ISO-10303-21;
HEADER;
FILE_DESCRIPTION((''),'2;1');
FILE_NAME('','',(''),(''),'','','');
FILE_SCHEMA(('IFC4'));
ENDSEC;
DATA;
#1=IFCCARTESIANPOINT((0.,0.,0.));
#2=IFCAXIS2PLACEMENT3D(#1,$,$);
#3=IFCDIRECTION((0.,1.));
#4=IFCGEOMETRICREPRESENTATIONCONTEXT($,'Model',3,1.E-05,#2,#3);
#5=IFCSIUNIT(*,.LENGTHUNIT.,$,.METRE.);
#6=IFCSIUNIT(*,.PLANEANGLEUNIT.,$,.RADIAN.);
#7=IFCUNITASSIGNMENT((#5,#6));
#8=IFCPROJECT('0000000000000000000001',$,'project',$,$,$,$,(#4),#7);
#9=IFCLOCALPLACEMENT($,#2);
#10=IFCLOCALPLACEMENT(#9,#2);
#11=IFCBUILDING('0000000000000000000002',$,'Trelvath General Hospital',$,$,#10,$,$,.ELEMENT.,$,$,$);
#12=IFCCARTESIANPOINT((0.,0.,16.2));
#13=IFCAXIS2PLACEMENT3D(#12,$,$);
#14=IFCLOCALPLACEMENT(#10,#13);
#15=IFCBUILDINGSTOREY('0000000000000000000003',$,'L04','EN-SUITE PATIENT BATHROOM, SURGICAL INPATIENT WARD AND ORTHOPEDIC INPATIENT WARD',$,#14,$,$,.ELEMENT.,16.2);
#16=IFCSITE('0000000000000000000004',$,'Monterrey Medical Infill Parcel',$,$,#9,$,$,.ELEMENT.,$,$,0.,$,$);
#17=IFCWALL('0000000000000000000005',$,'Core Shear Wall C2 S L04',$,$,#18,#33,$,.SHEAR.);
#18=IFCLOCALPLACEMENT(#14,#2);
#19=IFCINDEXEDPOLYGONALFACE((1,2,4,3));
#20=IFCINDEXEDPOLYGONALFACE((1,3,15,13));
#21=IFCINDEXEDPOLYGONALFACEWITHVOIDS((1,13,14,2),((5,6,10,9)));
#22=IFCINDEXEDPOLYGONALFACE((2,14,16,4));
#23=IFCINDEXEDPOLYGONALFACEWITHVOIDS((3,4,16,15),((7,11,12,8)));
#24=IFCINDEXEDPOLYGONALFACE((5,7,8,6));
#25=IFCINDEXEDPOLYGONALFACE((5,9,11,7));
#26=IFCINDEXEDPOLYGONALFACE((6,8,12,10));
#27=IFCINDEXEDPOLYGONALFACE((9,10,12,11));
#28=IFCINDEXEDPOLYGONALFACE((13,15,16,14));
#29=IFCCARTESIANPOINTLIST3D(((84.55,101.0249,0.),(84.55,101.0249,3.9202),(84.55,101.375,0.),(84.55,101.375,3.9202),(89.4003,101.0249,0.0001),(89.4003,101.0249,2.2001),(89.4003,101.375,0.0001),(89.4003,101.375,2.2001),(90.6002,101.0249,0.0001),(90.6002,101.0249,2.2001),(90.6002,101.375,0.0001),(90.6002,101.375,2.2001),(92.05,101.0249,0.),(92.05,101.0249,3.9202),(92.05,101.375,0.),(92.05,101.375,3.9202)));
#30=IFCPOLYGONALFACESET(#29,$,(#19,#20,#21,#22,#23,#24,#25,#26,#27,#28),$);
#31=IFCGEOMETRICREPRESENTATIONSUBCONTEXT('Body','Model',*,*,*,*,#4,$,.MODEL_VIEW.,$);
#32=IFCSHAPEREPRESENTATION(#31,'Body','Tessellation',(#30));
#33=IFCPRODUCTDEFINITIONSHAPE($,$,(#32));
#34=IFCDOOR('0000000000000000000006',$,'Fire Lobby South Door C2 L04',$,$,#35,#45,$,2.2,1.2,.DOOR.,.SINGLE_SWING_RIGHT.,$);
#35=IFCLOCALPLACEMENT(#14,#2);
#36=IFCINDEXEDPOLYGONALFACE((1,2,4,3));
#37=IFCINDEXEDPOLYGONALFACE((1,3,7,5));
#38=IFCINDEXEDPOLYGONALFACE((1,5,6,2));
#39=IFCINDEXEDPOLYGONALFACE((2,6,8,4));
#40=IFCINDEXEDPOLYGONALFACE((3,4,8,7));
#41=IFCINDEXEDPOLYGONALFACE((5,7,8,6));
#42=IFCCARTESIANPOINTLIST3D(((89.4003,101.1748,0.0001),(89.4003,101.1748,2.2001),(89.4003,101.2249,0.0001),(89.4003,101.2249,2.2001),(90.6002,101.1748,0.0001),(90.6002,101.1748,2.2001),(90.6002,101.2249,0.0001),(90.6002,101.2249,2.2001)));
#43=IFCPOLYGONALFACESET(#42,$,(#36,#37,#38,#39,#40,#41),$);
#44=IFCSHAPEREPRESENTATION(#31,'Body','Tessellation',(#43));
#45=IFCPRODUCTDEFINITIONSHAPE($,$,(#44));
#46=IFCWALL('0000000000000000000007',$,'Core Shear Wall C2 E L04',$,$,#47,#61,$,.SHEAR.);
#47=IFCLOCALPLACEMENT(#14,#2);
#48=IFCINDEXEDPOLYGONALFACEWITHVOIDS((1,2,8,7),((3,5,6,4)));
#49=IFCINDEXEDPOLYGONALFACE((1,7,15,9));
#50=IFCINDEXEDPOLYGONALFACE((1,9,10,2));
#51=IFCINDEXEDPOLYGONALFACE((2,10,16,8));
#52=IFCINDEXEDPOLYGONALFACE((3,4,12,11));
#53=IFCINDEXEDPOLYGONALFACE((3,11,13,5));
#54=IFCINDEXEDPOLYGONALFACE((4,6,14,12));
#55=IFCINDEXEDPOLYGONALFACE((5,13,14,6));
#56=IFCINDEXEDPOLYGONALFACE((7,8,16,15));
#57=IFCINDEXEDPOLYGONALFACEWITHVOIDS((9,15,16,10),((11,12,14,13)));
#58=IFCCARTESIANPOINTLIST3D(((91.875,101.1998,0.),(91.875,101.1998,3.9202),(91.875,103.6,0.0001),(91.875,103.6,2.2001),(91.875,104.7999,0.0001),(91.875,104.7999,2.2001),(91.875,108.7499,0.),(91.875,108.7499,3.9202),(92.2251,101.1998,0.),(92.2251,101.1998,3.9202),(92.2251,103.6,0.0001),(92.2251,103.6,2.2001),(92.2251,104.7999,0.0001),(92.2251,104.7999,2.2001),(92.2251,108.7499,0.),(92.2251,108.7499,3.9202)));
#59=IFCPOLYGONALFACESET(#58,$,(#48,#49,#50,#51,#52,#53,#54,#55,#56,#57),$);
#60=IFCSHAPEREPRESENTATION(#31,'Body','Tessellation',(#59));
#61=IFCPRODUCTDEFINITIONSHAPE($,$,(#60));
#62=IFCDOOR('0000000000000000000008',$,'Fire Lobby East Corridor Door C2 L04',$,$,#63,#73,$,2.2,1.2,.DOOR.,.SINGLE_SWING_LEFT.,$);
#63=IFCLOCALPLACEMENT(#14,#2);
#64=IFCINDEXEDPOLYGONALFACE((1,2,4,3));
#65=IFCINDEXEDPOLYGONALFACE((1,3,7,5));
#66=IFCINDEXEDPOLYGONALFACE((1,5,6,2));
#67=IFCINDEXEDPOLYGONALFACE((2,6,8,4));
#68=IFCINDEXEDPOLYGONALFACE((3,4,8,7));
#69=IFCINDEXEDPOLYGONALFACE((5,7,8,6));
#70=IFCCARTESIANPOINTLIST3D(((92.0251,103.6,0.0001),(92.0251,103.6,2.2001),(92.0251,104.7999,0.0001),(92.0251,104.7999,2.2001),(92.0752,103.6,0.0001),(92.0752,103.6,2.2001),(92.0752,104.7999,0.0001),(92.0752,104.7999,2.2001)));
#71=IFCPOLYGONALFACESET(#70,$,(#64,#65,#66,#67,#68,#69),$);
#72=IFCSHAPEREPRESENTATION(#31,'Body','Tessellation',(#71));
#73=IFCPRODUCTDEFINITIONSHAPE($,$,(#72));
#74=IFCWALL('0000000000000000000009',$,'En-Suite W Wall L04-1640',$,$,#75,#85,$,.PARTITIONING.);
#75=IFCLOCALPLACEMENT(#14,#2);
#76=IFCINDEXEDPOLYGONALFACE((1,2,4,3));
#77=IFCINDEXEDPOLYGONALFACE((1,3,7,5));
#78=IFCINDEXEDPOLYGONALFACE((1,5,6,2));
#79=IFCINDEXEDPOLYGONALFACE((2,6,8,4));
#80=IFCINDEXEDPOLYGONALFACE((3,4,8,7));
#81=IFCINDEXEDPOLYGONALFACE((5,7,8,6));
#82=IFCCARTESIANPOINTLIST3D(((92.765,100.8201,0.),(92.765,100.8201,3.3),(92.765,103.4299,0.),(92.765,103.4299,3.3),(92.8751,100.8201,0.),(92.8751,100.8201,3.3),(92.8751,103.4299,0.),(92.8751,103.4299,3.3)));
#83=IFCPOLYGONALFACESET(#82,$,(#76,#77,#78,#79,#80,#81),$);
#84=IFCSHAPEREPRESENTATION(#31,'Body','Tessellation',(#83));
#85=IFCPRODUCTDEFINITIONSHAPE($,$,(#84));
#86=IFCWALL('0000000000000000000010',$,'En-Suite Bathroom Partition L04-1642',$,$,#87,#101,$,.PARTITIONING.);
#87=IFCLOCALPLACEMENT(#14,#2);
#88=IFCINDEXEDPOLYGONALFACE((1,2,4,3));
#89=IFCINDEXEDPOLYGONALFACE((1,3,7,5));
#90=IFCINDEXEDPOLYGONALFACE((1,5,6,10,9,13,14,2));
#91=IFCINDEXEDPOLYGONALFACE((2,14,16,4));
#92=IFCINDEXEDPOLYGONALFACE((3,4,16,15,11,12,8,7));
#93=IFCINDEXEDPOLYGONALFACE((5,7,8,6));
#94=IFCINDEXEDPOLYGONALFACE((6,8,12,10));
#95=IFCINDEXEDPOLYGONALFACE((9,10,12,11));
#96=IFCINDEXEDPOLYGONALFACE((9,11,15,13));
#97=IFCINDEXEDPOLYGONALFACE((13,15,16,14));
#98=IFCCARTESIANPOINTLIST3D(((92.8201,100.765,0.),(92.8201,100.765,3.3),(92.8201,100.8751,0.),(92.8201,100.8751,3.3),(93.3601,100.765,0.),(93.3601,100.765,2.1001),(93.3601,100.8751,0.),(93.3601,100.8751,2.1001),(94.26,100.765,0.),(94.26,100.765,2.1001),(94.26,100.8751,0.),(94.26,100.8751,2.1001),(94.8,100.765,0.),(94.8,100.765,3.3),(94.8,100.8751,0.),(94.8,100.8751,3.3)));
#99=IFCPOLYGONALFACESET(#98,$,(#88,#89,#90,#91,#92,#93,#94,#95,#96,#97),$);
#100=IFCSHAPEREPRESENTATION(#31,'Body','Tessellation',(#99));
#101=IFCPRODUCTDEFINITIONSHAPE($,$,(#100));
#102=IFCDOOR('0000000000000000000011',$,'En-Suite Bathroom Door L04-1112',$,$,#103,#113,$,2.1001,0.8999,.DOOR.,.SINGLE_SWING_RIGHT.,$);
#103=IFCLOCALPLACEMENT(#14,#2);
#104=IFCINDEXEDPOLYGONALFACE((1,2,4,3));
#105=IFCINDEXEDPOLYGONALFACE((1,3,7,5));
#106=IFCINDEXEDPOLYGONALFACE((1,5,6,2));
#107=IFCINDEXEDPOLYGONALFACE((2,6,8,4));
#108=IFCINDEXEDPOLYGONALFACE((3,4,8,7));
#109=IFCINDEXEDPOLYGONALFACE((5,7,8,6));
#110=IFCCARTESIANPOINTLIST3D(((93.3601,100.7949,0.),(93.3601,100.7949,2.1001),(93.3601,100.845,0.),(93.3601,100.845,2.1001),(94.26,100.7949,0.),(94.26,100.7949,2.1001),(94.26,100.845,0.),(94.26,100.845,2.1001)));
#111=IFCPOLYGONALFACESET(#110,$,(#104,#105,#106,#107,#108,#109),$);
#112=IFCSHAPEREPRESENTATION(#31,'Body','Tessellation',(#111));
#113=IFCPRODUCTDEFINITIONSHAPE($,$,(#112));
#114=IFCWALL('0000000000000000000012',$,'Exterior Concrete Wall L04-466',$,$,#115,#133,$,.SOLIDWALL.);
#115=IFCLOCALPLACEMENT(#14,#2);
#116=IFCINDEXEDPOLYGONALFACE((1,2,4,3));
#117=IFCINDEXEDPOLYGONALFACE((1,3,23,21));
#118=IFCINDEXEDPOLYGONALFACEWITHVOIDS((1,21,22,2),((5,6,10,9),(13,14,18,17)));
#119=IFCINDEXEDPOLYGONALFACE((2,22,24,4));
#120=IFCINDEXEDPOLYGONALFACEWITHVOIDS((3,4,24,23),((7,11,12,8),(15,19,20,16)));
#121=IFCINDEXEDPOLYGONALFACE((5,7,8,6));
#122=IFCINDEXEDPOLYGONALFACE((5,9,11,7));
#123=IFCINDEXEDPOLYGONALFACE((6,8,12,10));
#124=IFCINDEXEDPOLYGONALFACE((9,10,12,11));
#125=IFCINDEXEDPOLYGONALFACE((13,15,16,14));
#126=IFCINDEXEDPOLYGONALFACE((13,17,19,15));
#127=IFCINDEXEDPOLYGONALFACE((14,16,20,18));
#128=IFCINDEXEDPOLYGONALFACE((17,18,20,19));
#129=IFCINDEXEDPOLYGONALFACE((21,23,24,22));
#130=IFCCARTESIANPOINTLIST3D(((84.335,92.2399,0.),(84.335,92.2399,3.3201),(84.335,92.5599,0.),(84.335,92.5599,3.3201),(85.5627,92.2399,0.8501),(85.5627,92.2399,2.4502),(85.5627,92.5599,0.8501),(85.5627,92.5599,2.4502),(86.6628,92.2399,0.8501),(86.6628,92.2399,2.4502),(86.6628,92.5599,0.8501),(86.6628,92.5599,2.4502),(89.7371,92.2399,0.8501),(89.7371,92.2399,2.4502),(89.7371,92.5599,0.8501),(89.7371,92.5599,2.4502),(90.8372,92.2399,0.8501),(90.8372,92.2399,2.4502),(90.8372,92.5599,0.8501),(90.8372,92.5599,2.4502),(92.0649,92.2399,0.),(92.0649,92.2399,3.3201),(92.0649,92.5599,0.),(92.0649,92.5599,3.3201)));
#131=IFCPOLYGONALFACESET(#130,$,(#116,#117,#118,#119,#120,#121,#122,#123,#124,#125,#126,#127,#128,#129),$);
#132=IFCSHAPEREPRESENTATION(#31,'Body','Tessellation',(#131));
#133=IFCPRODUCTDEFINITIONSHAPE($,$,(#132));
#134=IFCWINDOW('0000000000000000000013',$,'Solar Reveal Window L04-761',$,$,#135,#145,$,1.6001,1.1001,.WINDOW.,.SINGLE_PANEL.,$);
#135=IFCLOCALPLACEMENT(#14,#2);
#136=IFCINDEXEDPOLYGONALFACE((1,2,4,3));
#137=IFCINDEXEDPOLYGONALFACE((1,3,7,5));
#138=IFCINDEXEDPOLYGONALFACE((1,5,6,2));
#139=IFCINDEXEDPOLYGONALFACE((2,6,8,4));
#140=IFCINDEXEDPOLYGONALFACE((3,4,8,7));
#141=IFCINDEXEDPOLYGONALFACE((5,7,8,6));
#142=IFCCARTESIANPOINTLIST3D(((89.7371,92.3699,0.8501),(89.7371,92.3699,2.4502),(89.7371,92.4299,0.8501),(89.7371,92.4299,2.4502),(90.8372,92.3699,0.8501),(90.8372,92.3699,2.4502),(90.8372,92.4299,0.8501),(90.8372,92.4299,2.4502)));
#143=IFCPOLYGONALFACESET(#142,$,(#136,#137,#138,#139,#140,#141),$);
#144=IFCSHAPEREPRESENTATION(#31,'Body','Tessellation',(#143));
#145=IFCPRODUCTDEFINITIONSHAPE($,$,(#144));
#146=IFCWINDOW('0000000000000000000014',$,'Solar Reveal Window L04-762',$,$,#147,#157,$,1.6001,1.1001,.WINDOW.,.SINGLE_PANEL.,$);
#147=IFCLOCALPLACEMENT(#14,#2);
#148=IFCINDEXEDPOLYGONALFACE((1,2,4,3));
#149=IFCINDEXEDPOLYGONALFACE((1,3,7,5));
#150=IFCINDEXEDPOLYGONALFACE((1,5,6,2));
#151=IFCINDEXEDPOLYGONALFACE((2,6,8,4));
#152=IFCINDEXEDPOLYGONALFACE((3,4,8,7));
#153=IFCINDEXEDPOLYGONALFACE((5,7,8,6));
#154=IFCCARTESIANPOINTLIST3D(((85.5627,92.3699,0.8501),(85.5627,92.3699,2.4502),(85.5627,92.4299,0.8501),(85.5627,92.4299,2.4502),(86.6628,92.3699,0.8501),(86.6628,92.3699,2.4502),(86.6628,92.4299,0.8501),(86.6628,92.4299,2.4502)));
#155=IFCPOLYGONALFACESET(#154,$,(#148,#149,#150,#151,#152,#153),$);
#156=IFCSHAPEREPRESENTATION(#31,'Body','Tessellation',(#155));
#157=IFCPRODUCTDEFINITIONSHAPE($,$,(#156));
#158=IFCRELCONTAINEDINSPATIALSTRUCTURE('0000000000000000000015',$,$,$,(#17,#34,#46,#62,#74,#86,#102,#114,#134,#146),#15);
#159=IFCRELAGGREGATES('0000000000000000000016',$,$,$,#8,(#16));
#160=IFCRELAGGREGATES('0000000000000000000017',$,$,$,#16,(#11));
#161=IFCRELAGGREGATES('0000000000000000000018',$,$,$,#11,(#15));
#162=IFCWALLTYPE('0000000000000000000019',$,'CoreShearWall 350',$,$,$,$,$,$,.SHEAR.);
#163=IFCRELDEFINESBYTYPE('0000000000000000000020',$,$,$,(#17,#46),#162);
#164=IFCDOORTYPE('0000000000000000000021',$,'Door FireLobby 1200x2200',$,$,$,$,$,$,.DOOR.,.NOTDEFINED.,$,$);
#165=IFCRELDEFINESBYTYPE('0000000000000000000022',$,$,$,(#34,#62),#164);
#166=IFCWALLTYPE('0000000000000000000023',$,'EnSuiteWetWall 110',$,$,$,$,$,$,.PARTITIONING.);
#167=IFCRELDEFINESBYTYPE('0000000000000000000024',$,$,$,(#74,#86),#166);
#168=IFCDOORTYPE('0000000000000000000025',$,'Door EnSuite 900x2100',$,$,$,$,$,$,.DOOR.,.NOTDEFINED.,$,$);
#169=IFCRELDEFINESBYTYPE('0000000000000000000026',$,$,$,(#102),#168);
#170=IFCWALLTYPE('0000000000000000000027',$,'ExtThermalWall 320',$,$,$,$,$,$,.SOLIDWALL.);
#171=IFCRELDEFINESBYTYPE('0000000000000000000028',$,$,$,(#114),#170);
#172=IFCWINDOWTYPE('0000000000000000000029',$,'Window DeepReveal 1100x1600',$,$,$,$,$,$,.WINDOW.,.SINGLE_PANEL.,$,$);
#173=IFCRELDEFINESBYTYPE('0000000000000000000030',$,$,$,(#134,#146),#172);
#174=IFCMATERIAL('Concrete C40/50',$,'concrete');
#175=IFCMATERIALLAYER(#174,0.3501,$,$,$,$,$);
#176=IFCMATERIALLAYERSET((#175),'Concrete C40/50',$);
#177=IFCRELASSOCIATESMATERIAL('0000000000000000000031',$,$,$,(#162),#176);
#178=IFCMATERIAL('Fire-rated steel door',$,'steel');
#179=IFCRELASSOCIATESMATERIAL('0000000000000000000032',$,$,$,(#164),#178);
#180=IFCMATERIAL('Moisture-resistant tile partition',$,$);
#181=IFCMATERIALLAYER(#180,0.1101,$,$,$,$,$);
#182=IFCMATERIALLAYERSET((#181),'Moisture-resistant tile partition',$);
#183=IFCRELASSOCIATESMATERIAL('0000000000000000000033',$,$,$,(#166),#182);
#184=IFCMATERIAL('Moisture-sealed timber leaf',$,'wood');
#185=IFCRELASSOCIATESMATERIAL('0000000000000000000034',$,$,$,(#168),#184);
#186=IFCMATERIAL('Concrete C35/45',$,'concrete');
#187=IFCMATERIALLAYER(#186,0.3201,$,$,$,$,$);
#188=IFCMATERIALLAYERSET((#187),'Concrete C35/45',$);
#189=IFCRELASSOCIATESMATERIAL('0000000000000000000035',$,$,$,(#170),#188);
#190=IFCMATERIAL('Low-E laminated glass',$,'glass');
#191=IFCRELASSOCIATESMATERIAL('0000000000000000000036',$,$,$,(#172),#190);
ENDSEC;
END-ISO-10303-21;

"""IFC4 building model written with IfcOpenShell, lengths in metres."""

from ifc_helpers import new_model, si_unit, direction, frame, frame_2d, origin, place, context, subcontext, project, spatial, rectangle, extrude, material, layer, layer_set, type_object, element, fill, save


model = new_model("IFC4")

# Units and contexts
model_context = context("Model", 3, precision=1e-05, world=origin(), true_north=direction((0.0, 1.0)))
body_context = subcontext(model_context, "Body", "Model", "MODEL_VIEW")
ifc_project = project(units=[si_unit("LENGTHUNIT", "METRE"), si_unit("PLANEANGLEUNIT", "RADIAN")], contexts=[model_context])

# Site, building, storey
site_placement = place(None, origin())
site = spatial("IfcSite", under=ifc_project, at=site_placement, Name="Monterrey Medical Infill Parcel", CompositionType="ELEMENT", RefElevation=0.0)
building_placement = place(site_placement, origin())
building = spatial("IfcBuilding", under=site, at=building_placement, Name="Trelvath General Hospital", CompositionType="ELEMENT")
storey_placement = place(building_placement, frame((0.0, 0.0, 16.2)))
storey = spatial("IfcBuildingStorey", under=building, at=storey_placement, Name="L04", Description="EN-SUITE PATIENT BATHROOM, SURGICAL INPATIENT WARD AND ORTHOPEDIC INPATIENT WARD", CompositionType="ELEMENT", Elevation=16.2)

# Walls, openings, doors
ifc_material_1 = material(Name="Concrete C40/50", Category="concrete")
ifc_layer_1 = layer(ifc_material_1, 0.3501)
ifc_layer_set_1 = layer_set([ifc_layer_1], Name="Concrete C40/50")
wall_type_1 = type_object("IfcWallType", Name="CoreShearWall 350", PredefinedType="SHEAR", material=ifc_layer_set_1)
wall_1_placement = place(storey_placement, frame((84.55, 101.2, 0.0), z_axis=(0.0, 0.0, 1.0), x_axis=(1.0, 0.0, 0.0)))
wall_1 = element("IfcWall", 1, at=wall_1_placement, inside=storey, type_object=wall_type_1, Name="Core Shear Wall C2 S L04", PredefinedType="SHEAR", context=body_context, shape_type="SweptSolid", body=[
    extrude(rectangle(XDim=7.5, YDim=0.3501, at=frame_2d((3.75, 0.0))), origin(), (0.0, 0.0, 1.0), 3.9202),
])
opening_1_placement = place(wall_1_placement, frame((4.8501, 0.0, 0.0)))
opening_1 = element("IfcOpeningElement", 2, at=opening_1_placement, cuts=wall_1, PredefinedType="OPENING", context=body_context, shape_type="SweptSolid", body=[
    extrude(rectangle(XDim=1.2, YDim=2.2, at=frame_2d((0.6001, 1.1001))), frame((0.0, 0.1851, 0.0), z_axis=(0.0, -1.0, 0.0), x_axis=(1.0, 0.0, 0.0)), (0.0, 0.0, 1.0), 0.3701),
])
ifc_material_2 = material(Name="Fire-rated steel door", Category="steel")
door_type_1 = type_object("IfcDoorType", Name="Door FireLobby 1200x2200", OperationType="NOTDEFINED", PredefinedType="DOOR", material=ifc_material_2)
door_1_placement = place(opening_1_placement, origin())
door_1 = element("IfcDoor", 3, at=door_1_placement, inside=storey, type_object=door_type_1, Name="Fire Lobby South Door C2 L04", OperationType="SINGLE_SWING_RIGHT", OverallHeight=2.2, OverallWidth=1.2, PredefinedType="DOOR", context=body_context, shape_type="SweptSolid", body=[
    extrude(rectangle(XDim=1.2, YDim=2.2, at=frame_2d((0.6001, 1.1001))), frame((0.0, 0.0249, 0.0), z_axis=(0.0, -1.0, 0.0), x_axis=(1.0, 0.0, 0.0)), (0.0, 0.0, 1.0), 0.05),
])
fill(opening_1, door_1)
wall_2_placement = place(storey_placement, frame((92.05, 101.2, 0.0), z_axis=(0.0, 0.0, 1.0), x_axis=(0.0, 1.0, 0.0)))
wall_2 = element("IfcWall", 4, at=wall_2_placement, inside=storey, type_object=wall_type_1, Name="Core Shear Wall C2 E L04", PredefinedType="SHEAR", context=body_context, shape_type="SweptSolid", body=[
    extrude(rectangle(XDim=7.55, YDim=0.3501, at=frame_2d((3.7749, 0.0))), origin(), (0.0, 0.0, 1.0), 3.9202),
])
opening_2_placement = place(wall_2_placement, frame((2.3999, 0.0, 0.0)))
opening_2 = element("IfcOpeningElement", 5, at=opening_2_placement, cuts=wall_2, PredefinedType="OPENING", context=body_context, shape_type="SweptSolid", body=[
    extrude(rectangle(XDim=1.2, YDim=2.2, at=frame_2d((0.6001, 1.1001))), frame((0.0, 0.1851, 0.0), z_axis=(0.0, -1.0, 0.0), x_axis=(1.0, 0.0, 0.0)), (0.0, 0.0, 1.0), 0.3701),
])
door_2_placement = place(opening_2_placement, origin())
door_2 = element("IfcDoor", 6, at=door_2_placement, inside=storey, type_object=door_type_1, Name="Fire Lobby East Corridor Door C2 L04", OperationType="SINGLE_SWING_LEFT", OverallHeight=2.2, OverallWidth=1.2, PredefinedType="DOOR", context=body_context, shape_type="SweptSolid", body=[
    extrude(rectangle(XDim=1.2, YDim=2.2, at=frame_2d((0.6001, 1.1001))), frame((0.0, 0.0249, 0.0), z_axis=(0.0, -1.0, 0.0), x_axis=(1.0, 0.0, 0.0)), (0.0, 0.0, 1.0), 0.05),
])
fill(opening_2, door_2)

# Wall
ifc_material_3 = material(Name="Moisture-resistant tile partition")
ifc_layer_2 = layer(ifc_material_3, 0.1101)
ifc_layer_set_2 = layer_set([ifc_layer_2], Name="Moisture-resistant tile partition")
wall_type_2 = type_object("IfcWallType", Name="EnSuiteWetWall 110", PredefinedType="PARTITIONING", material=ifc_layer_set_2)
wall_3_placement = place(storey_placement, frame((92.8201, 100.8201, 0.0), z_axis=(0.0, 0.0, 1.0), x_axis=(0.0, 1.0, 0.0)))
element("IfcWall", 7, at=wall_3_placement, inside=storey, type_object=wall_type_2, Name="En-Suite W Wall L04-1640", PredefinedType="PARTITIONING", context=body_context, shape_type="SweptSolid", body=[
    extrude(rectangle(XDim=2.6099, YDim=0.1101, at=frame_2d((1.3049, 0.0))), origin(), (0.0, 0.0, 1.0), 3.3),
])

# Wall, opening, door
wall_4_placement = place(storey_placement, frame((92.8201, 100.8201, 0.0), z_axis=(0.0, 0.0, 1.0), x_axis=(1.0, 0.0, 0.0)))
wall_4 = element("IfcWall", 8, at=wall_4_placement, inside=storey, type_object=wall_type_2, Name="En-Suite Bathroom Partition L04-1642", PredefinedType="PARTITIONING", context=body_context, shape_type="SweptSolid", body=[
    extrude(rectangle(XDim=1.98, YDim=0.1101, at=frame_2d((0.99, 0.0))), origin(), (0.0, 0.0, 1.0), 3.3),
])
opening_3_placement = place(wall_4_placement, frame((0.54, 0.0, 0.0)))
opening_3 = element("IfcOpeningElement", 9, at=opening_3_placement, cuts=wall_4, PredefinedType="OPENING", context=body_context, shape_type="SweptSolid", body=[
    extrude(rectangle(XDim=0.8999, YDim=2.1001, at=frame_2d((0.45, 1.05))), frame((0.0, 0.0649, 0.0), z_axis=(0.0, -1.0, 0.0), x_axis=(1.0, 0.0, 0.0)), (0.0, 0.0, 1.0), 0.1301),
])
ifc_material_4 = material(Name="Moisture-sealed timber leaf", Category="wood")
door_type_2 = type_object("IfcDoorType", Name="Door EnSuite 900x2100", OperationType="NOTDEFINED", PredefinedType="DOOR", material=ifc_material_4)
door_3_placement = place(opening_3_placement, origin())
door_3 = element("IfcDoor", 10, at=door_3_placement, inside=storey, type_object=door_type_2, Name="En-Suite Bathroom Door L04-1112", OperationType="SINGLE_SWING_RIGHT", OverallHeight=2.1001, OverallWidth=0.8999, PredefinedType="DOOR", context=body_context, shape_type="SweptSolid", body=[
    extrude(rectangle(XDim=0.8999, YDim=2.1001, at=frame_2d((0.45, 1.05))), frame((0.0, 0.0249, 0.0), z_axis=(0.0, -1.0, 0.0), x_axis=(1.0, 0.0, 0.0)), (0.0, 0.0, 1.0), 0.05),
])
fill(opening_3, door_3)

# Wall, openings, windows
ifc_material_5 = material(Name="Concrete C35/45", Category="concrete")
ifc_layer_3 = layer(ifc_material_5, 0.3201)
ifc_layer_set_3 = layer_set([ifc_layer_3], Name="Concrete C35/45")
wall_type_3 = type_object("IfcWallType", Name="ExtThermalWall 320", PredefinedType="SOLIDWALL", material=ifc_layer_set_3)
wall_5_placement = place(storey_placement, frame((92.0649, 92.3999, 0.0), z_axis=(0.0, 0.0, 1.0), x_axis=(-1.0, 0.0, 0.0)))
wall_5 = element("IfcWall", 11, at=wall_5_placement, inside=storey, type_object=wall_type_3, Name="Exterior Concrete Wall L04-466", PredefinedType="SOLIDWALL", context=body_context, shape_type="SweptSolid", body=[
    extrude(rectangle(XDim=7.73, YDim=0.3201, at=frame_2d((3.865, 0.0))), origin(), (0.0, 0.0, 1.0), 3.3201),
])
opening_4_placement = place(wall_5_placement, frame((1.2278, 0.0, 0.8501)))
opening_4 = element("IfcOpeningElement", 12, at=opening_4_placement, cuts=wall_5, PredefinedType="OPENING", context=body_context, shape_type="SweptSolid", body=[
    extrude(rectangle(XDim=1.1001, YDim=1.6001, at=frame_2d((0.55, 0.8))), frame((0.0, 0.1699, 0.0), z_axis=(0.0, -1.0, 0.0), x_axis=(1.0, 0.0, 0.0)), (0.0, 0.0, 1.0), 0.3401),
])
opening_5_placement = place(wall_5_placement, frame((5.4021, 0.0, 0.8501)))
opening_5 = element("IfcOpeningElement", 13, at=opening_5_placement, cuts=wall_5, PredefinedType="OPENING", context=body_context, shape_type="SweptSolid", body=[
    extrude(rectangle(XDim=1.1001, YDim=1.6001, at=frame_2d((0.55, 0.8))), frame((0.0, 0.1699, 0.0), z_axis=(0.0, -1.0, 0.0), x_axis=(1.0, 0.0, 0.0)), (0.0, 0.0, 1.0), 0.3401),
])
ifc_material_6 = material(Name="Low-E laminated glass", Category="glass")
window_type = type_object("IfcWindowType", Name="Window DeepReveal 1100x1600", PartitioningType="SINGLE_PANEL", PredefinedType="WINDOW", material=ifc_material_6)
window_1_placement = place(opening_4_placement, origin())
window_1 = element("IfcWindow", 14, at=window_1_placement, inside=storey, type_object=window_type, Name="Solar Reveal Window L04-761", OverallHeight=1.6001, OverallWidth=1.1001, PartitioningType="SINGLE_PANEL", PredefinedType="WINDOW", context=body_context, shape_type="SweptSolid", body=[
    extrude(rectangle(XDim=1.1001, YDim=1.6001, at=frame_2d((0.55, 0.8))), frame((0.0, 0.03, 0.0), z_axis=(0.0, -1.0, 0.0), x_axis=(1.0, 0.0, 0.0)), (0.0, 0.0, 1.0), 0.0601),
])
fill(opening_4, window_1)
window_2_placement = place(opening_5_placement, origin())
window_2 = element("IfcWindow", 15, at=window_2_placement, inside=storey, type_object=window_type, Name="Solar Reveal Window L04-762", OverallHeight=1.6001, OverallWidth=1.1001, PartitioningType="SINGLE_PANEL", PredefinedType="WINDOW", context=body_context, shape_type="SweptSolid", body=[
    extrude(rectangle(XDim=1.1001, YDim=1.6001, at=frame_2d((0.55, 0.8))), frame((0.0, 0.03, 0.0), z_axis=(0.0, -1.0, 0.0), x_axis=(1.0, 0.0, 0.0)), (0.0, 0.0, 1.0), 0.0601),
])
fill(opening_5, window_2)

save(model, "model.ifc")
